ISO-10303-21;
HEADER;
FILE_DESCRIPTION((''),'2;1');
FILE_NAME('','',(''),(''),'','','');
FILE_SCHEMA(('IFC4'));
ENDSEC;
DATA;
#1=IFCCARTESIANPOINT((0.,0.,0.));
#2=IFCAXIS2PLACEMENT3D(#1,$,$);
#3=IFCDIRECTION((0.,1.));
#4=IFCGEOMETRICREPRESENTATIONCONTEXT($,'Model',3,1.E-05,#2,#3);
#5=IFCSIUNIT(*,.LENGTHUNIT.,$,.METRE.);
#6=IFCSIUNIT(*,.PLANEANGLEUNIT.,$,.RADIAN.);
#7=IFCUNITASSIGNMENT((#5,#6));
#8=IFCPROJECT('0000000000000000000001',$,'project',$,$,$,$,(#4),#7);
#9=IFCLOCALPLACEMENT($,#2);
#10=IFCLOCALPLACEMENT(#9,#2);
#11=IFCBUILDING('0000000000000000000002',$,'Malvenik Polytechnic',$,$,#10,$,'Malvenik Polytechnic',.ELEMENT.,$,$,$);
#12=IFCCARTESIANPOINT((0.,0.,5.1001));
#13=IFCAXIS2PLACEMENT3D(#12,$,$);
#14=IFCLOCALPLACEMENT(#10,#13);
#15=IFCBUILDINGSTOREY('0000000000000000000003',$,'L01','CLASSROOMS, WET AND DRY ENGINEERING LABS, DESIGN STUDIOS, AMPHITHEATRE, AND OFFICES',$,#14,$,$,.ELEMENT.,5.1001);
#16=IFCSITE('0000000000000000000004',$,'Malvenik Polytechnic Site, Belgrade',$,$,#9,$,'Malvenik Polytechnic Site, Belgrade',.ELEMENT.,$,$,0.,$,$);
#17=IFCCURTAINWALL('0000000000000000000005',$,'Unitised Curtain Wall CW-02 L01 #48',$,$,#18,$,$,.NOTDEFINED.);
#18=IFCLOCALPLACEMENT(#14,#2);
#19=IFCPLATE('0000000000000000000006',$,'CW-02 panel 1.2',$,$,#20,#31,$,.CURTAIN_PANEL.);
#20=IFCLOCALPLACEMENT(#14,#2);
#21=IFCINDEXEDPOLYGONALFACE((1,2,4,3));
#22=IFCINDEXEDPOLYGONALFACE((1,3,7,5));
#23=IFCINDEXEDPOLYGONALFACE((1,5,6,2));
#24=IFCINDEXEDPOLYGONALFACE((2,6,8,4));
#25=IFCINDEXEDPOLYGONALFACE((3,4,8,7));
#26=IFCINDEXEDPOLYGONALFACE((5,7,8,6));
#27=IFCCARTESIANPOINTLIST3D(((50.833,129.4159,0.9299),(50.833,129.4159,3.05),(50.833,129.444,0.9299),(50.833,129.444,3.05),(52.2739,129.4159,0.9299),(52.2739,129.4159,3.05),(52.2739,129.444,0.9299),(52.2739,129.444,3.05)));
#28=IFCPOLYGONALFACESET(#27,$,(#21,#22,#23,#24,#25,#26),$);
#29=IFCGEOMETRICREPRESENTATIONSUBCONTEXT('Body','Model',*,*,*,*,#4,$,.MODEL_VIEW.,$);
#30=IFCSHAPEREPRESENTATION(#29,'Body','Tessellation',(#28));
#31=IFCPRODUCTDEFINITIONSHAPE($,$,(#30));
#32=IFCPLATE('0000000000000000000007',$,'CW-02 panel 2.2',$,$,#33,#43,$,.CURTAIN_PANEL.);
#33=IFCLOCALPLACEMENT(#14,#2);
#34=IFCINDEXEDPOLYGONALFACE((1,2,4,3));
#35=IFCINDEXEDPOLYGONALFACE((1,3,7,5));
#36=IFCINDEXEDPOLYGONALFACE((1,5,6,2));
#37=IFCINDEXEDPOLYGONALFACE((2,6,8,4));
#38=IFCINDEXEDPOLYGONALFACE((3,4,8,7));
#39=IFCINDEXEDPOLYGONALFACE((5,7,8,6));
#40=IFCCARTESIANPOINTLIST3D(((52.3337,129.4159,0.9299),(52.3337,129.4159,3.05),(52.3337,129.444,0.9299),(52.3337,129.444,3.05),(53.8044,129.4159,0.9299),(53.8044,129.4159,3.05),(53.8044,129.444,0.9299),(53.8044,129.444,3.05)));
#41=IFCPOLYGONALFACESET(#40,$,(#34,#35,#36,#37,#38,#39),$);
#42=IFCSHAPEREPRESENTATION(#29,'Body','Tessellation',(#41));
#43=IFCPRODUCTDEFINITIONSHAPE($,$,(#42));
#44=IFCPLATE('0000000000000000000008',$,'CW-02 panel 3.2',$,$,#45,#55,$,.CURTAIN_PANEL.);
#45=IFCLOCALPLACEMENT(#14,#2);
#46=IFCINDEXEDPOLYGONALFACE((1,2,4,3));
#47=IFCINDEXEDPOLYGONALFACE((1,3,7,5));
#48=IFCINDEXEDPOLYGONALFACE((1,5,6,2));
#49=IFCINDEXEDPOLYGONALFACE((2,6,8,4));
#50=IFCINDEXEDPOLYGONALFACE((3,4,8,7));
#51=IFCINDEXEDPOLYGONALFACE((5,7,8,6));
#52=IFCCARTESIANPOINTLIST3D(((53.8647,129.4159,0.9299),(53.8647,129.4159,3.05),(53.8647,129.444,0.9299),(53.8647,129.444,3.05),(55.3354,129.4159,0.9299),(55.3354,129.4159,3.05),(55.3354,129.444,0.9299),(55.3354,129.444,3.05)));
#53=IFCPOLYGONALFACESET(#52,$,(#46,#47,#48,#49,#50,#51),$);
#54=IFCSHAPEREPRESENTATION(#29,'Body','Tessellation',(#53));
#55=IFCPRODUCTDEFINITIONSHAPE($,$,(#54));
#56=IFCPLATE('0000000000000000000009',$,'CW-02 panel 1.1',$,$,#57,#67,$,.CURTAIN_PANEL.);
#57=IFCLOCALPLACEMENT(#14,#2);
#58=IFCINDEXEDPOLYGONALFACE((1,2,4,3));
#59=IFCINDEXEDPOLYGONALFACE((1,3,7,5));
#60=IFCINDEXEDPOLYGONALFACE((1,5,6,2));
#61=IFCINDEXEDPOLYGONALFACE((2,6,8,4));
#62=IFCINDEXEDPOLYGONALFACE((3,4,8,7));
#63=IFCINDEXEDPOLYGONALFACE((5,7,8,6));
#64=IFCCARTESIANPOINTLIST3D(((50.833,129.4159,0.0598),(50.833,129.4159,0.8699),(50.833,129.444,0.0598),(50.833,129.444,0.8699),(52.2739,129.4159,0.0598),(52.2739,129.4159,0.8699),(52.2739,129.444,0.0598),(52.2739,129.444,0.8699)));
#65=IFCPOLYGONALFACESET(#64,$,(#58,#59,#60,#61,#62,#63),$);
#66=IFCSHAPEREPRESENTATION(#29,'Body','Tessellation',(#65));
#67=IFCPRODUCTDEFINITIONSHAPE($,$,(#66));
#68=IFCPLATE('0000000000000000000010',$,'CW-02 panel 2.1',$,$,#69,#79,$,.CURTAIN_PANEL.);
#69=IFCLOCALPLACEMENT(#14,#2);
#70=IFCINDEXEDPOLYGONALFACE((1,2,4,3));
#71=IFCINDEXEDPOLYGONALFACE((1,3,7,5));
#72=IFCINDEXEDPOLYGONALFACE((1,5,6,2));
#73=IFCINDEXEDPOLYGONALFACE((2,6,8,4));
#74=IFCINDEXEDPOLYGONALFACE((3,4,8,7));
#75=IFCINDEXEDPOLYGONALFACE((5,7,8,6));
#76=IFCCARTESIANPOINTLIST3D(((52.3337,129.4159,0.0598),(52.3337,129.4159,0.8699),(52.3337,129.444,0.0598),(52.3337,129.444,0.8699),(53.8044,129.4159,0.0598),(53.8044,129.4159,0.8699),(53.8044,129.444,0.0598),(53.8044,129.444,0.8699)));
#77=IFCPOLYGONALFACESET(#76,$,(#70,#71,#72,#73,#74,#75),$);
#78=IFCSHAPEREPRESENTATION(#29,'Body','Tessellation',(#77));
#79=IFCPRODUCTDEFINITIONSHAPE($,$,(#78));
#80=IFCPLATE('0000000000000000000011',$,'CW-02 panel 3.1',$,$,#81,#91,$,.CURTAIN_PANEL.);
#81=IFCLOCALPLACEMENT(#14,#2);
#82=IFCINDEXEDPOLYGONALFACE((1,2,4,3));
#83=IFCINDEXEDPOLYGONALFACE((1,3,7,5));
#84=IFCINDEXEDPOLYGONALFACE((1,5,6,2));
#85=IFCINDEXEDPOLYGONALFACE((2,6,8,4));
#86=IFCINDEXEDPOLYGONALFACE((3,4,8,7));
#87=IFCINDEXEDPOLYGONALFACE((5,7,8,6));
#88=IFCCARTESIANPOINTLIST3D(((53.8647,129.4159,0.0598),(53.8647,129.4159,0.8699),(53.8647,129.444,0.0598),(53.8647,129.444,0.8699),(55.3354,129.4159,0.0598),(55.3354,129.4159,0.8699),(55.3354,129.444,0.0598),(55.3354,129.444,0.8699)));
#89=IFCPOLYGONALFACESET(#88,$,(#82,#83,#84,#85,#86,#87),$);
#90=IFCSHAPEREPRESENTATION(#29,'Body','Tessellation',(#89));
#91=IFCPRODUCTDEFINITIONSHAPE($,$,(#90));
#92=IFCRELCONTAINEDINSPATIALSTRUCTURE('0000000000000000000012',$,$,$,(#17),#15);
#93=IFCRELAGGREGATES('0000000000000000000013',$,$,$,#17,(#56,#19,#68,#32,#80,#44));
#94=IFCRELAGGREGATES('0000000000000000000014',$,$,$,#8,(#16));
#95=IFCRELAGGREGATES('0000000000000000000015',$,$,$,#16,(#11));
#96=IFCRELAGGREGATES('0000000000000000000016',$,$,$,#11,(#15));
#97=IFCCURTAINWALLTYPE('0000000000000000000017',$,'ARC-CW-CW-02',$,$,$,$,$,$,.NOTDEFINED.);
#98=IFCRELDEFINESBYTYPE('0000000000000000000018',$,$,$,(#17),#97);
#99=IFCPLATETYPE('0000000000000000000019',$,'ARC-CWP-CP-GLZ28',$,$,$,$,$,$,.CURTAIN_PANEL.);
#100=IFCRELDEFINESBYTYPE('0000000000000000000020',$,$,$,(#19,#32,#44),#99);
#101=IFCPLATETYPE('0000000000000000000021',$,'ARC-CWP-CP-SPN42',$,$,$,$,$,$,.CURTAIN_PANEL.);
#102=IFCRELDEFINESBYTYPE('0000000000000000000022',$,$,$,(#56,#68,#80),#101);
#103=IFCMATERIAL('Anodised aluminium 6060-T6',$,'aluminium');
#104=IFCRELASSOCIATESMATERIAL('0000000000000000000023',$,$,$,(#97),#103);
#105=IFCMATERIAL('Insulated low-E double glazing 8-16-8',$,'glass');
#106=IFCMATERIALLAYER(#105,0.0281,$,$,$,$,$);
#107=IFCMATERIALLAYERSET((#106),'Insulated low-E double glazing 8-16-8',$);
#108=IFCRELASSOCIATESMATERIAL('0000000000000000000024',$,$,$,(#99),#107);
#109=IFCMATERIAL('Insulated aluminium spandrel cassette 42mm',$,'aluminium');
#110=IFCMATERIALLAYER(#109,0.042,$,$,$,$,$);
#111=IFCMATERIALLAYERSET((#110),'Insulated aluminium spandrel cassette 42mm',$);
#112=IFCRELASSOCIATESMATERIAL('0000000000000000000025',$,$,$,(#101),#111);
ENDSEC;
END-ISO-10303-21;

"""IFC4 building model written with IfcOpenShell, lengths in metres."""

from ifc_helpers import new_model, si_unit, direction, frame, origin, origin_2d, place, context, subcontext, project, spatial, rectangle, extrude, material, layer, layer_set, type_object, element, aggregate, save


model = new_model("IFC4")

# Units and contexts
model_context = context("Model", 3, precision=1e-05, world=origin(), true_north=direction((0.0, 1.0)))
body_context = subcontext(model_context, "Body", "Model", "MODEL_VIEW")
ifc_project = project(units=[si_unit("LENGTHUNIT", "METRE"), si_unit("PLANEANGLEUNIT", "RADIAN")], contexts=[model_context])

# Site, building, storey
site_placement = place(None, origin())
site = spatial("IfcSite", under=ifc_project, at=site_placement, Name="Malvenik Polytechnic Site, Belgrade", LongName="Malvenik Polytechnic Site, Belgrade", CompositionType="ELEMENT", RefElevation=0.0)
building_placement = place(site_placement, origin())
building = spatial("IfcBuilding", under=site, at=building_placement, Name="Malvenik Polytechnic", LongName="Malvenik Polytechnic", CompositionType="ELEMENT")
storey_placement = place(building_placement, frame((0.0, 0.0, 5.1001)))
storey = spatial("IfcBuildingStorey", under=building, at=storey_placement, Name="L01", Description="CLASSROOMS, WET AND DRY ENGINEERING LABS, DESIGN STUDIOS, AMPHITHEATRE, AND OFFICES", CompositionType="ELEMENT", Elevation=5.1001)

# Curtain wall
ifc_material_1 = material(Name="Anodised aluminium 6060-T6", Category="aluminium")
curtain_wall_type = type_object("IfcCurtainWallType", Name="ARC-CW-CW-02", PredefinedType="NOTDEFINED", material=ifc_material_1)
curtain_wall_placement = place(storey_placement, origin())
curtain_wall = element("IfcCurtainWall", 1, at=curtain_wall_placement, inside=storey, type_object=curtain_wall_type, Name="Unitised Curtain Wall CW-02 L01 #48", PredefinedType="NOTDEFINED")

# Plates
ifc_material_2 = material(Name="Insulated low-E double glazing 8-16-8", Category="glass")
ifc_layer_1 = layer(ifc_material_2, 0.0281)
ifc_layer_set_1 = layer_set([ifc_layer_1], Name="Insulated low-E double glazing 8-16-8")
plate_type_1 = type_object("IfcPlateType", Name="ARC-CWP-CP-GLZ28", PredefinedType="CURTAIN_PANEL", material=ifc_layer_set_1)
plate_1_placement = place(storey_placement, frame((51.5535, 129.4299, 0.9299), z_axis=(0.0, 0.0, 1.0), x_axis=(1.0, 0.0, 0.0)))
plate_1 = element("IfcPlate", 2, at=plate_1_placement, type_object=plate_type_1, Name="CW-02 panel 1.2", PredefinedType="CURTAIN_PANEL", context=body_context, shape_type="SweptSolid", body=[
    extrude(rectangle(XDim=1.4409, YDim=0.0281, at=origin_2d()), origin(), (0.0, 0.0, 1.0), 2.1201),
])
plate_2_placement = place(storey_placement, frame((53.0691, 129.4299, 0.9299), z_axis=(0.0, 0.0, 1.0), x_axis=(1.0, 0.0, 0.0)))
plate_2 = element("IfcPlate", 3, at=plate_2_placement, type_object=plate_type_1, Name="CW-02 panel 2.2", PredefinedType="CURTAIN_PANEL", context=body_context, shape_type="SweptSolid", body=[
    extrude(rectangle(XDim=1.4707, YDim=0.0281, at=origin_2d()), origin(), (0.0, 0.0, 1.0), 2.1201),
])
plate_3_placement = place(storey_placement, frame((54.6001, 129.4299, 0.9299), z_axis=(0.0, 0.0, 1.0), x_axis=(1.0, 0.0, 0.0)))
plate_3 = element("IfcPlate", 4, at=plate_3_placement, type_object=plate_type_1, Name="CW-02 panel 3.2", PredefinedType="CURTAIN_PANEL", context=body_context, shape_type="SweptSolid", body=[
    extrude(rectangle(XDim=1.4707, YDim=0.0281, at=origin_2d()), origin(), (0.0, 0.0, 1.0), 2.1201),
])
ifc_material_3 = material(Name="Insulated aluminium spandrel cassette 42mm", Category="aluminium")
ifc_layer_2 = layer(ifc_material_3, 0.042)
ifc_layer_set_2 = layer_set([ifc_layer_2], Name="Insulated aluminium spandrel cassette 42mm")
plate_type_2 = type_object("IfcPlateType", Name="ARC-CWP-CP-SPN42", PredefinedType="CURTAIN_PANEL", material=ifc_layer_set_2)
plate_4_placement = place(storey_placement, frame((51.5535, 129.4299, 0.0598), z_axis=(0.0, 0.0, 1.0), x_axis=(1.0, 0.0, 0.0)))
plate_4 = element("IfcPlate", 5, at=plate_4_placement, type_object=plate_type_2, Name="CW-02 panel 1.1", PredefinedType="CURTAIN_PANEL", context=body_context, shape_type="SweptSolid", body=[
    extrude(rectangle(XDim=1.4409, YDim=0.0281, at=origin_2d()), origin(), (0.0, 0.0, 1.0), 0.8101),
])
plate_5_placement = place(storey_placement, frame((53.0691, 129.4299, 0.0598), z_axis=(0.0, 0.0, 1.0), x_axis=(1.0, 0.0, 0.0)))
plate_5 = element("IfcPlate", 6, at=plate_5_placement, type_object=plate_type_2, Name="CW-02 panel 2.1", PredefinedType="CURTAIN_PANEL", context=body_context, shape_type="SweptSolid", body=[
    extrude(rectangle(XDim=1.4707, YDim=0.0281, at=origin_2d()), origin(), (0.0, 0.0, 1.0), 0.8101),
])
plate_6_placement = place(storey_placement, frame((54.6001, 129.4299, 0.0598), z_axis=(0.0, 0.0, 1.0), x_axis=(1.0, 0.0, 0.0)))
plate_6 = element("IfcPlate", 7, at=plate_6_placement, type_object=plate_type_2, Name="CW-02 panel 3.1", PredefinedType="CURTAIN_PANEL", context=body_context, shape_type="SweptSolid", body=[
    extrude(rectangle(XDim=1.4707, YDim=0.0281, at=origin_2d()), origin(), (0.0, 0.0, 1.0), 0.8101),
])
aggregate(curtain_wall, [plate_4, plate_1, plate_5, plate_2, plate_6, plate_3])

save(model, "model.ifc")
